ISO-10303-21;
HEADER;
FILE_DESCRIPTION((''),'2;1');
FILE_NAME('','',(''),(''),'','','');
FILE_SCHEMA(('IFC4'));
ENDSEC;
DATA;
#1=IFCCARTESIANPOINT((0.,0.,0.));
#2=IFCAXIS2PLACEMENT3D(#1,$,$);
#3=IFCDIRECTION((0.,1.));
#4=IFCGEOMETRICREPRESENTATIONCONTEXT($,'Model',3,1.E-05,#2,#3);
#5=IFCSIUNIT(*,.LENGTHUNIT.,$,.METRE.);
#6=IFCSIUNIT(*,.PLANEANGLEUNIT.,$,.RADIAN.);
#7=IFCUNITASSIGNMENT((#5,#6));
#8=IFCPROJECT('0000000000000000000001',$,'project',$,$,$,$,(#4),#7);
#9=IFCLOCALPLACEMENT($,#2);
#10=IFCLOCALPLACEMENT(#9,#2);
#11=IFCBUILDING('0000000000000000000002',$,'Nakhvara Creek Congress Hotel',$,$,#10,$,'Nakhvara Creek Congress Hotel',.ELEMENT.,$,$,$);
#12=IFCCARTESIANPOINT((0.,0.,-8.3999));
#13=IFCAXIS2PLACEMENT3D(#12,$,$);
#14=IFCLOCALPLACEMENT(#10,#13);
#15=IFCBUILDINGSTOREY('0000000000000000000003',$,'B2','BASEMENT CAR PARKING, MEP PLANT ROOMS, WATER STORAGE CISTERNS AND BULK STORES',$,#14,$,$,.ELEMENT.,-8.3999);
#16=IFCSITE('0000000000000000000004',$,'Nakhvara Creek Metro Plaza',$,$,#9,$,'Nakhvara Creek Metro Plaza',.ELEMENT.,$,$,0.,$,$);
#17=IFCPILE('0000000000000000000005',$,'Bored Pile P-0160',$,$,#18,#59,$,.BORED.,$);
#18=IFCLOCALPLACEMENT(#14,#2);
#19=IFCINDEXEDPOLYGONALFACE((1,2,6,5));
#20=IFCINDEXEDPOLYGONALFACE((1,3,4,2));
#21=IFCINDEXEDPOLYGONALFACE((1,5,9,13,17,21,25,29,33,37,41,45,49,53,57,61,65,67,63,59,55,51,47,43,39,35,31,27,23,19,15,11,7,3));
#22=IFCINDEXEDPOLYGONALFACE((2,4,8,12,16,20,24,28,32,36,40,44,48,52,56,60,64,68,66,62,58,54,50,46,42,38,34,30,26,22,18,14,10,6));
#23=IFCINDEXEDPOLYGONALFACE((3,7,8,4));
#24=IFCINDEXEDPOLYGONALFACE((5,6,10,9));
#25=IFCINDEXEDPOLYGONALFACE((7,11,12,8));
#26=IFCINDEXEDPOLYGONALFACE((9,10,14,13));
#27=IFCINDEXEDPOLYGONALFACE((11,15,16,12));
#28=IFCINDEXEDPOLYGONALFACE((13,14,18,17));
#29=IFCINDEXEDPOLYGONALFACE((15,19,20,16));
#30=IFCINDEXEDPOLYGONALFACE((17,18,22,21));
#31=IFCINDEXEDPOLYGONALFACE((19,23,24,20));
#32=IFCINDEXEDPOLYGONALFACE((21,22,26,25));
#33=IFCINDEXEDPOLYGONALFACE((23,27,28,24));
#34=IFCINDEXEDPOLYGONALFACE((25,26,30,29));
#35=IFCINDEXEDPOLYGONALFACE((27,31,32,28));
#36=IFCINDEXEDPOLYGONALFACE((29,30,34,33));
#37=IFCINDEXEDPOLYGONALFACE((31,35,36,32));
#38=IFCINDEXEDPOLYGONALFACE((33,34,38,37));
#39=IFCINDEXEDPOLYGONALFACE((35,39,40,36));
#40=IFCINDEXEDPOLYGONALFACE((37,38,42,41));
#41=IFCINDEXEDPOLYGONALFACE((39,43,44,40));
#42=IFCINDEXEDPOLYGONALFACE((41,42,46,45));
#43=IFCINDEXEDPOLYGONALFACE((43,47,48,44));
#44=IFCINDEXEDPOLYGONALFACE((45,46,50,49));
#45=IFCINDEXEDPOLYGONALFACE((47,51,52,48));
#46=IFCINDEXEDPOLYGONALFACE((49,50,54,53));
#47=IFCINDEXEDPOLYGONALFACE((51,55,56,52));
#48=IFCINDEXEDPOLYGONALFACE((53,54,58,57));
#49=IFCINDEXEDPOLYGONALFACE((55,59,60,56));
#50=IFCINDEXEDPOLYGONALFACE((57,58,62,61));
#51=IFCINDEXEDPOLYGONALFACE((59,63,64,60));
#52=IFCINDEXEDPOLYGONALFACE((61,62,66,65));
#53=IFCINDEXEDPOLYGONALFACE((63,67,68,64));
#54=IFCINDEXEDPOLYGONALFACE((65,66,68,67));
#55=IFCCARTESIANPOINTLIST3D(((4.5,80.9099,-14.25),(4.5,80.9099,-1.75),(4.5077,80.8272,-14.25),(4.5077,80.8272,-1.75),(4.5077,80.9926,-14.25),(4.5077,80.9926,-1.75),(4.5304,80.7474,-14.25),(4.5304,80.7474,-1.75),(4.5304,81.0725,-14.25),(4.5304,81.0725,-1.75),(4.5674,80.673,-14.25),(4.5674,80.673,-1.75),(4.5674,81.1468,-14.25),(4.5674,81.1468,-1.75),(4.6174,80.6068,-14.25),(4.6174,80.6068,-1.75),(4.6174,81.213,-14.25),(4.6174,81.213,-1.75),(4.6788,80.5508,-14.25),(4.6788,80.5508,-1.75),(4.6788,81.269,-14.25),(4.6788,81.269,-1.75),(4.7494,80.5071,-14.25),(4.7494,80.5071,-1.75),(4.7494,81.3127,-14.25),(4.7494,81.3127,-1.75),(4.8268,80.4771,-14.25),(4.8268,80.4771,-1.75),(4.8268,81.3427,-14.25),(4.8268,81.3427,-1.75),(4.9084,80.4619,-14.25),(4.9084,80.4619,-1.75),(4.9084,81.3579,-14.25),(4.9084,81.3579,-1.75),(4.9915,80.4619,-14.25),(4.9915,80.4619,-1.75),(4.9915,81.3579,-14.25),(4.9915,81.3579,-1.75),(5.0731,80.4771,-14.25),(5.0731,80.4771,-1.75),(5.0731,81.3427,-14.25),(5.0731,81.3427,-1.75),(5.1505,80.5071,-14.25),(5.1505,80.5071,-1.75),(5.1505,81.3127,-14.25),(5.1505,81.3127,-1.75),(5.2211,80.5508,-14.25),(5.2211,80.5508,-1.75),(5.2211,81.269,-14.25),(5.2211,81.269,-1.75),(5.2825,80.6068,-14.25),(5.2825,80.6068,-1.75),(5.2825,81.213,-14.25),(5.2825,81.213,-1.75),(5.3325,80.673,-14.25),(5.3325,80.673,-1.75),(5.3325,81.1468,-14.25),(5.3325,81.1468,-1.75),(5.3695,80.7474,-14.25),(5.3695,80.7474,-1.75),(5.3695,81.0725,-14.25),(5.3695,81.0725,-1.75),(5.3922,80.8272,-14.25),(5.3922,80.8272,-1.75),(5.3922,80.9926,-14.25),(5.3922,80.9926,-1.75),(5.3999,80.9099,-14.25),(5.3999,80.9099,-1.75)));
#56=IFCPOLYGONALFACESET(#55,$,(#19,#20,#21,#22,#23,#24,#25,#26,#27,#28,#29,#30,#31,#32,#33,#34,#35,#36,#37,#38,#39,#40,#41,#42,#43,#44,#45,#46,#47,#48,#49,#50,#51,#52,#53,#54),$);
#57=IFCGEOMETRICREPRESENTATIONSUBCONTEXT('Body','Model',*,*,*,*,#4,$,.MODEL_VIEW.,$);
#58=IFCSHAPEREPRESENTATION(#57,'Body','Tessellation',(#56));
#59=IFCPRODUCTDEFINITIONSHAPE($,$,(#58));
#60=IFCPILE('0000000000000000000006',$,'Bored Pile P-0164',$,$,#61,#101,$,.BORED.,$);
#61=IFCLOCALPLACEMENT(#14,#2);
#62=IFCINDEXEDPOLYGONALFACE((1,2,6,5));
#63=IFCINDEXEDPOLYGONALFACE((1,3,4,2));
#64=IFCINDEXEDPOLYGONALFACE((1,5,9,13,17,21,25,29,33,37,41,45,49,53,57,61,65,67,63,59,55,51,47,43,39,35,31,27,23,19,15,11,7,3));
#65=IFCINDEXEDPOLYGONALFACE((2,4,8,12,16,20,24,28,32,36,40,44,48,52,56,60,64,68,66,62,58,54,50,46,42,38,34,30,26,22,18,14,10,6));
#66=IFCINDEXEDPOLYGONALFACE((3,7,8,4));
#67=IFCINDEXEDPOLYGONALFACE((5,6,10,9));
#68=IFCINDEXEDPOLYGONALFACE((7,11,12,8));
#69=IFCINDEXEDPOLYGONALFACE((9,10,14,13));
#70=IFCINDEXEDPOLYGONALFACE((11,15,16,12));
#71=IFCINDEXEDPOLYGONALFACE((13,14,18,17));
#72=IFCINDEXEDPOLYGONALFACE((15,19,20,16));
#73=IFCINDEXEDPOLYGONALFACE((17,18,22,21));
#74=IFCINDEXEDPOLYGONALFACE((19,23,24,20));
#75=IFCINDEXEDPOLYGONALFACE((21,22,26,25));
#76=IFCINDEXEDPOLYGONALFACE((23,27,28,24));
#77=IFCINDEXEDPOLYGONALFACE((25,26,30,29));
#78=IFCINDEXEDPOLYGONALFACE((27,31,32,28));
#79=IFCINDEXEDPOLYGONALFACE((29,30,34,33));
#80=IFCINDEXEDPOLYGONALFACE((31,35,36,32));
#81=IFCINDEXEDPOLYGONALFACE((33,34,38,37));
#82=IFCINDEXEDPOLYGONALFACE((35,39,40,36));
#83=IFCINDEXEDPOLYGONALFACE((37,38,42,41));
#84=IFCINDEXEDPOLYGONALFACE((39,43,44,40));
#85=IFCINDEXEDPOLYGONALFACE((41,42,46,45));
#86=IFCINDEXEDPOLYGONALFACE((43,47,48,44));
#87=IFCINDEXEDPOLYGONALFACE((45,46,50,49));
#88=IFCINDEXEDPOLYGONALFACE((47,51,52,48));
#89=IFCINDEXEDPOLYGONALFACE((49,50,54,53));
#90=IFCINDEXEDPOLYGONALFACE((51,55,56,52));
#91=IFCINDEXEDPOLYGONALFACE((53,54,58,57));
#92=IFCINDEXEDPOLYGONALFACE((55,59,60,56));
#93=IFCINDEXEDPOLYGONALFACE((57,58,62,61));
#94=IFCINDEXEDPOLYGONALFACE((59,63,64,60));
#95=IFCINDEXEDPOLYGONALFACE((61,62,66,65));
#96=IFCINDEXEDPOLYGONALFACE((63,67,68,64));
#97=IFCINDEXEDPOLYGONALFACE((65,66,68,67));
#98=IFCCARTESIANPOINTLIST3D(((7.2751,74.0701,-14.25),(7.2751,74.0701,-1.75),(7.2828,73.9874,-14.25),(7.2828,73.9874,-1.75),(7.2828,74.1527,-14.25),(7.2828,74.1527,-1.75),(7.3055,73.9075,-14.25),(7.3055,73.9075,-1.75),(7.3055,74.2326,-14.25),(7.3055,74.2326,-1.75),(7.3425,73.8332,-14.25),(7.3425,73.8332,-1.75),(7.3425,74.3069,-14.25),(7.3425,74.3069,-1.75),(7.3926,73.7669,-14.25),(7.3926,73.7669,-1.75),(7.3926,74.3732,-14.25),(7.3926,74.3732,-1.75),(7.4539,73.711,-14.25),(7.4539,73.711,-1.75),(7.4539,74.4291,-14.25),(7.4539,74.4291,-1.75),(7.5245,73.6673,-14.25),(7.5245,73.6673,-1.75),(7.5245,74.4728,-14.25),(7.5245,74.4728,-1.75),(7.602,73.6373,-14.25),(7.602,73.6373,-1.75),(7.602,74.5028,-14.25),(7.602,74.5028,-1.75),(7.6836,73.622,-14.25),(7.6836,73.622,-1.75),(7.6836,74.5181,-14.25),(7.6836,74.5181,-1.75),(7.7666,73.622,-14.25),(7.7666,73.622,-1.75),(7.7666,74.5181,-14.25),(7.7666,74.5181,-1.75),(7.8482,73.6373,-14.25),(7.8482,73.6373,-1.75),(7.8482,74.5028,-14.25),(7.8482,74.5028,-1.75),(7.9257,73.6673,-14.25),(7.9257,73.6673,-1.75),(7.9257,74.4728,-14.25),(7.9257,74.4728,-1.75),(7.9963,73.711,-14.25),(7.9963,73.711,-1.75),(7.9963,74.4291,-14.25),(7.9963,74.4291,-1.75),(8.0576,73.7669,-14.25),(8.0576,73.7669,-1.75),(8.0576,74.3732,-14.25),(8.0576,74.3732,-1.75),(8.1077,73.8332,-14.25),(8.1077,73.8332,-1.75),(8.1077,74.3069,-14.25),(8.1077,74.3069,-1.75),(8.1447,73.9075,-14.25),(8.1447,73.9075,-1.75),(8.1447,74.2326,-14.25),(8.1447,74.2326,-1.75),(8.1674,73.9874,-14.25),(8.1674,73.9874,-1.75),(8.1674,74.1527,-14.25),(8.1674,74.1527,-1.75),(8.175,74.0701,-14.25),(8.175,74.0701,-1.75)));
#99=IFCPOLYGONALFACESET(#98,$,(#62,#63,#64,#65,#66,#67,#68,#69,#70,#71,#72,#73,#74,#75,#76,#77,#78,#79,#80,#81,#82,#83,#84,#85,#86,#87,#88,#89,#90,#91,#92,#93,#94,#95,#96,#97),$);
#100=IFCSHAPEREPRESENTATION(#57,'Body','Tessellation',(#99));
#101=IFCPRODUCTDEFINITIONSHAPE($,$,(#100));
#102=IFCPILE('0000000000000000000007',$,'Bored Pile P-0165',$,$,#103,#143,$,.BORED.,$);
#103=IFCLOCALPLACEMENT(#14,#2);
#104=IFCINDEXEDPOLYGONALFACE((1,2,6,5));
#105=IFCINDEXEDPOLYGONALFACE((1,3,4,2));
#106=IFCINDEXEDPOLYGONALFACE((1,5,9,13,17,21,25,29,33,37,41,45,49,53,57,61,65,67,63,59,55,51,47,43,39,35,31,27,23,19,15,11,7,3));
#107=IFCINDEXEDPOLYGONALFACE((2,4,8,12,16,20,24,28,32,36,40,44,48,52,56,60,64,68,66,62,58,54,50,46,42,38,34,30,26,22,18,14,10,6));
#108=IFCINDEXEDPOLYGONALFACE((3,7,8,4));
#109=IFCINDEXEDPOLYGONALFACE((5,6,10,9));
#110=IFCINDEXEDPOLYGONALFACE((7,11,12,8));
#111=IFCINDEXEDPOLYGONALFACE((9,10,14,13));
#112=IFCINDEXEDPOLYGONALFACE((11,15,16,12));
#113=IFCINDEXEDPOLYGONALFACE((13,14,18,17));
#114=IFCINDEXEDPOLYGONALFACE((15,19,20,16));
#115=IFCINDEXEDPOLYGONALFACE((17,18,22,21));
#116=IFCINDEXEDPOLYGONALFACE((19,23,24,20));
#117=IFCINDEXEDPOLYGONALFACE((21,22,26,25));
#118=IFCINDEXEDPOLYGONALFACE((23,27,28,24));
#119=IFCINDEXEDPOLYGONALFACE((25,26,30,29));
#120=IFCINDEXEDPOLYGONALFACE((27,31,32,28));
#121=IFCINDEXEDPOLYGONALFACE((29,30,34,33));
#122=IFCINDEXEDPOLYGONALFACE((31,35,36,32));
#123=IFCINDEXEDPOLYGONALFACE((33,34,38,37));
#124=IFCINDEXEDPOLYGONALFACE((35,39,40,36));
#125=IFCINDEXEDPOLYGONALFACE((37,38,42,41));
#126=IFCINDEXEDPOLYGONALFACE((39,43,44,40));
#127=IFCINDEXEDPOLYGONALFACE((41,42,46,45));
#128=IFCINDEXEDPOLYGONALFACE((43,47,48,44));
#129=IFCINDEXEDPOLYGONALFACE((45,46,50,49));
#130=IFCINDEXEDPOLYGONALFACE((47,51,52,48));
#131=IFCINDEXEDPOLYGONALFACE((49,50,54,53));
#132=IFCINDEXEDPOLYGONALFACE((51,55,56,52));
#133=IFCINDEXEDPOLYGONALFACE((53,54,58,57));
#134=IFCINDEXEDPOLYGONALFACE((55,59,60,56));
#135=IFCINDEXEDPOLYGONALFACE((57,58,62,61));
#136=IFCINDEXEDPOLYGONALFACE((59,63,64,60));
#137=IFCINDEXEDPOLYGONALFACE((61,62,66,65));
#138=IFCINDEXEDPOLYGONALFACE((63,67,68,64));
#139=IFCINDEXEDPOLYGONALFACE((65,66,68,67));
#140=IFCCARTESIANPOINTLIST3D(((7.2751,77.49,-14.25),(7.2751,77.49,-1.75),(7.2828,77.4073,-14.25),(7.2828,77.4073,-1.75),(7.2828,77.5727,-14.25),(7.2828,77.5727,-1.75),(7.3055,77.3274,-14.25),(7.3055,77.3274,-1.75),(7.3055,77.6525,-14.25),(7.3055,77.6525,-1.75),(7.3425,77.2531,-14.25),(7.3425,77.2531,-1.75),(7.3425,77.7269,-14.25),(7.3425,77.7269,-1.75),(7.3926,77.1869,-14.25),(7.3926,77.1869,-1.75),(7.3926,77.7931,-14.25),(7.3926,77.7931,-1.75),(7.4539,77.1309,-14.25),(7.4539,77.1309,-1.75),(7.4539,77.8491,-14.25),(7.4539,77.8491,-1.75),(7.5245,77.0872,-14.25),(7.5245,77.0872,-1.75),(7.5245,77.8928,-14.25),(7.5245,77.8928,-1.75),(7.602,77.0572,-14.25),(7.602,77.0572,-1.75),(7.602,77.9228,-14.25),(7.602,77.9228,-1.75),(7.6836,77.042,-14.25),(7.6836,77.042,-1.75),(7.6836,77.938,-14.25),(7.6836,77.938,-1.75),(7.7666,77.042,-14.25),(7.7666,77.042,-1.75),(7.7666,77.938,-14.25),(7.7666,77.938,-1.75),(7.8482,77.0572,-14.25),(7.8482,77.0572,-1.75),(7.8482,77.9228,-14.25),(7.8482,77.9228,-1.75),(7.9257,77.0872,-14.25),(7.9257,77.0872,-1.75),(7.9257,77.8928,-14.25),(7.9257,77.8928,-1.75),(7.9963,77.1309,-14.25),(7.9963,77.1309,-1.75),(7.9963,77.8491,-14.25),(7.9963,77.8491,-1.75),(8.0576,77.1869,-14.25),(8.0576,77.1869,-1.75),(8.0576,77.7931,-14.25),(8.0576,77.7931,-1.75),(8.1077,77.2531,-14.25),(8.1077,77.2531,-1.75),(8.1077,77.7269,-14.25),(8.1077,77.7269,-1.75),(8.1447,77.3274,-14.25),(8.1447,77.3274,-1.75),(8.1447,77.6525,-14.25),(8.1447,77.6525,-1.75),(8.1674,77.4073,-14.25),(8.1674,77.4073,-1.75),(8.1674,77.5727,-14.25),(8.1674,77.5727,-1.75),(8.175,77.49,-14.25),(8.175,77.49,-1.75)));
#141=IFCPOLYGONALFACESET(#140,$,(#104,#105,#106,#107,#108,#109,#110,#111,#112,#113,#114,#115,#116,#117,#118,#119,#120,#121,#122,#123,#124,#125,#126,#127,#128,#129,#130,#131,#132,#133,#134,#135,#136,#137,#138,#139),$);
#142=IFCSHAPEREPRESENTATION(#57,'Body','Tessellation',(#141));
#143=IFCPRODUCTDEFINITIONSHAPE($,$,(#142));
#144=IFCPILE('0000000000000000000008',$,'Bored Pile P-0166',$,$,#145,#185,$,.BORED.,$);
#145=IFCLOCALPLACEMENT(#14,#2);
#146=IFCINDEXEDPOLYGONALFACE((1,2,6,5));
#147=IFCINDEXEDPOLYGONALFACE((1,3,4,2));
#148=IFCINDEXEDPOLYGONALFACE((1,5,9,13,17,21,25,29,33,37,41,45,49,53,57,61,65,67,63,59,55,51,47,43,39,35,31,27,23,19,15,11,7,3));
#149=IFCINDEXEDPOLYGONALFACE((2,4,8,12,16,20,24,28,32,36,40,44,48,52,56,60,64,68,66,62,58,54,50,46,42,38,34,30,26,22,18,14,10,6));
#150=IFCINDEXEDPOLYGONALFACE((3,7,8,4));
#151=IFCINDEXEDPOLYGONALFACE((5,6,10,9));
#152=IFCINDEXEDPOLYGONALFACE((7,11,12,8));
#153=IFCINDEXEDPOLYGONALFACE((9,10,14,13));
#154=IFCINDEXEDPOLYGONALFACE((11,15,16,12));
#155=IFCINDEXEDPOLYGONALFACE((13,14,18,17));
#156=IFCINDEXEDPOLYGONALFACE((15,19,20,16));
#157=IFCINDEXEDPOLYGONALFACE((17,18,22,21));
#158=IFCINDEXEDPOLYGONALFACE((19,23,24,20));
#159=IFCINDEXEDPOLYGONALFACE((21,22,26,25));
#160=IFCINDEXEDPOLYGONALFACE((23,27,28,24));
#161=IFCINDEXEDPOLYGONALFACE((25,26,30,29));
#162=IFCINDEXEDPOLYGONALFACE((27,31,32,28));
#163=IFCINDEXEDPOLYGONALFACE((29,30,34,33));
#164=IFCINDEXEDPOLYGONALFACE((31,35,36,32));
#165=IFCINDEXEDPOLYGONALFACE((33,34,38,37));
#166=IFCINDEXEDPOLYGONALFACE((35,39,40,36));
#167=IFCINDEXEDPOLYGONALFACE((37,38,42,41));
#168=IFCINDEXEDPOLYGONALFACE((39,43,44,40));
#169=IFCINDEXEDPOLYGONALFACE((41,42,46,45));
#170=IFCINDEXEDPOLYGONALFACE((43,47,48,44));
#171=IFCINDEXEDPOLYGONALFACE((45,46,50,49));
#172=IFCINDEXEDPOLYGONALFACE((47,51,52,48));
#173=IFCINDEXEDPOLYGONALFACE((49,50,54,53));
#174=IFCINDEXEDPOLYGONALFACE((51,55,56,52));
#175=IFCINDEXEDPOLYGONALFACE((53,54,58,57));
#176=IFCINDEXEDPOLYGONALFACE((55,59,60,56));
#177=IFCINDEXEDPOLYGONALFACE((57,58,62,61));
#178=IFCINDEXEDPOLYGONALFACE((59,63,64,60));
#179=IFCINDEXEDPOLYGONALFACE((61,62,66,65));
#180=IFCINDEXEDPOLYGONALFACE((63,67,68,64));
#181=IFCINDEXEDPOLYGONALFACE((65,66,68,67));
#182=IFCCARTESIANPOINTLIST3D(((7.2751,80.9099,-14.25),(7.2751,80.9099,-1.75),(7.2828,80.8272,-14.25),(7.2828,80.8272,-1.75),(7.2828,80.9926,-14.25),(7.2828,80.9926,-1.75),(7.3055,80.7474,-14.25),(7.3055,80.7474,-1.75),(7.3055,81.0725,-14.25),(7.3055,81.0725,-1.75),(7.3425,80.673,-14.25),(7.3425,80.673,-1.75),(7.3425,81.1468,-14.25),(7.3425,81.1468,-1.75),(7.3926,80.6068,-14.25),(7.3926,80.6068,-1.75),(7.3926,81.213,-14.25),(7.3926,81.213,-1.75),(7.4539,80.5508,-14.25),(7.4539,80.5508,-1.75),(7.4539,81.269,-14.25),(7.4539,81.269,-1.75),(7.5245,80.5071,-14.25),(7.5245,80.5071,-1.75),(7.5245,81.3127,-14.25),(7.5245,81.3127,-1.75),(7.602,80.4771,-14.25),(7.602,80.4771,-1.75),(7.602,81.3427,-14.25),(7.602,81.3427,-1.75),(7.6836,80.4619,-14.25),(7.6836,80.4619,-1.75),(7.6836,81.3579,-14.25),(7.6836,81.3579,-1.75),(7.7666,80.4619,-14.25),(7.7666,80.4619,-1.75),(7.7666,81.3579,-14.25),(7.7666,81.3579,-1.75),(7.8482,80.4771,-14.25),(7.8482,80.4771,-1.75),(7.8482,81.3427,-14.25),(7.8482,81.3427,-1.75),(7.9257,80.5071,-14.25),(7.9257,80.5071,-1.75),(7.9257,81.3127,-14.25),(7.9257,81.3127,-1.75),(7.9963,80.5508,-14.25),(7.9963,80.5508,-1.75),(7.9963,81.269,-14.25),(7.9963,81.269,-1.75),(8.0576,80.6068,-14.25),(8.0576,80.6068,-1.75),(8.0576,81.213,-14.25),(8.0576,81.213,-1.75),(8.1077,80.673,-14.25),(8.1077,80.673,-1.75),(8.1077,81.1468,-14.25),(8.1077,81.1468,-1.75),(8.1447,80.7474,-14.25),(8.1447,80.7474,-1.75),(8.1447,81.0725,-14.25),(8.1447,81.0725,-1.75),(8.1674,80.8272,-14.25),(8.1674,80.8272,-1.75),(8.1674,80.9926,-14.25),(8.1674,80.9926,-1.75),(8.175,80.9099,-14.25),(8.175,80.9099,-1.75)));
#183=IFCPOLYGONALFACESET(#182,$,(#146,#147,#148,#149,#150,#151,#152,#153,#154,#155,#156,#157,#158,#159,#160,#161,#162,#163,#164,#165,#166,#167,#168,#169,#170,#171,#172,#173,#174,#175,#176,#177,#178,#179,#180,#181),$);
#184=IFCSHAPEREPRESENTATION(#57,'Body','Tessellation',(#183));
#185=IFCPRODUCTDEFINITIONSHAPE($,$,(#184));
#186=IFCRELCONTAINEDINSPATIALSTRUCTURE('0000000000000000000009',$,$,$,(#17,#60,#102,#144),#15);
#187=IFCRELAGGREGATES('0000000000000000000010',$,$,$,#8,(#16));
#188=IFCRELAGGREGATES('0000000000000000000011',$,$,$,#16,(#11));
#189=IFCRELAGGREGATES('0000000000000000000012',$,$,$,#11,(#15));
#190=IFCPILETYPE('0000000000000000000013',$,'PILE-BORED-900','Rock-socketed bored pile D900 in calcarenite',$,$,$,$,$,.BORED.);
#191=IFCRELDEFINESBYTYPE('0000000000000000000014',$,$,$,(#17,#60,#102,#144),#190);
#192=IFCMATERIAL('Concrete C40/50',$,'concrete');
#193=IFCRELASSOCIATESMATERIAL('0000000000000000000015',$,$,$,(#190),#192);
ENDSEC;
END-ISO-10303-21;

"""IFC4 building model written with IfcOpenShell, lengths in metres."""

from ifc_helpers import new_model, si_unit, direction, frame, origin, origin_2d, place, context, subcontext, project, spatial, circle, extrude, material, material_profile, profile_set, type_object, element, save


model = new_model("IFC4")

# Units and contexts
model_context = context("Model", 3, precision=1e-05, world=origin(), true_north=direction((0.0, 1.0)))
body_context = subcontext(model_context, "Body", "Model", "MODEL_VIEW")
ifc_project = project(units=[si_unit("LENGTHUNIT", "METRE"), si_unit("PLANEANGLEUNIT", "RADIAN")], contexts=[model_context])

# Site, building, storey
site_placement = place(None, origin())
site = spatial("IfcSite", under=ifc_project, at=site_placement, Name="Nakhvara Creek Metro Plaza", LongName="Nakhvara Creek Metro Plaza", CompositionType="ELEMENT", RefElevation=0.0)
building_placement = place(site_placement, origin())
building = spatial("IfcBuilding", under=site, at=building_placement, Name="Nakhvara Creek Congress Hotel", LongName="Nakhvara Creek Congress Hotel", CompositionType="ELEMENT")
storey_placement = place(building_placement, frame((0.0, 0.0, -8.3999)))
storey = spatial("IfcBuildingStorey", under=building, at=storey_placement, Name="B2", Description="BASEMENT CAR PARKING, MEP PLANT ROOMS, WATER STORAGE CISTERNS AND BULK STORES", CompositionType="ELEMENT", Elevation=-8.3999)

# Shared definitions
ifc_material_1 = material(Name="Concrete C40/50", Category="concrete")

# Piles
ifc_material_profile_1 = material_profile(ifc_material_1, circle(Radius=0.45, at=origin_2d()), Name="BORED PILE D900", Category="LoadBearing")
ifc_profile_set_1 = profile_set([ifc_material_profile_1], Name="Concrete C40/50")
pile_type = type_object("IfcPileType", Name="PILE-BORED-900", Description="Rock-socketed bored pile D900 in calcarenite", PredefinedType="BORED", material=ifc_profile_set_1)
for number, where, z_axis, x_axis, name in (
    (1, (4.95, 80.9099, -1.75), (0.0, 0.0, -1.0), (1.0, 0.0, 0.0), "Bored Pile P-0160"),
    (2, (7.7251, 74.0701, -1.75), (0.0, 0.0, -1.0), (1.0, 0.0, 0.0), "Bored Pile P-0164"),
    (3, (7.7251, 77.49, -1.75), (0.0, 0.0, -1.0), (1.0, 0.0, 0.0), "Bored Pile P-0165"),
    (4, (7.7251, 80.9099, -1.75), (0.0, 0.0, -1.0), (1.0, 0.0, 0.0), "Bored Pile P-0166"),
):
    element("IfcPile", number, at=place(storey_placement, frame(where, z_axis=z_axis, x_axis=x_axis)), inside=storey, type_object=pile_type, Name=name, PredefinedType="BORED", context=body_context, shape_type="SweptSolid", body=[
        extrude(circle(Radius=0.45, at=origin_2d()), origin(), (0.0, 0.0, 1.0), 12.5),
    ])

save(model, "model.ifc")
